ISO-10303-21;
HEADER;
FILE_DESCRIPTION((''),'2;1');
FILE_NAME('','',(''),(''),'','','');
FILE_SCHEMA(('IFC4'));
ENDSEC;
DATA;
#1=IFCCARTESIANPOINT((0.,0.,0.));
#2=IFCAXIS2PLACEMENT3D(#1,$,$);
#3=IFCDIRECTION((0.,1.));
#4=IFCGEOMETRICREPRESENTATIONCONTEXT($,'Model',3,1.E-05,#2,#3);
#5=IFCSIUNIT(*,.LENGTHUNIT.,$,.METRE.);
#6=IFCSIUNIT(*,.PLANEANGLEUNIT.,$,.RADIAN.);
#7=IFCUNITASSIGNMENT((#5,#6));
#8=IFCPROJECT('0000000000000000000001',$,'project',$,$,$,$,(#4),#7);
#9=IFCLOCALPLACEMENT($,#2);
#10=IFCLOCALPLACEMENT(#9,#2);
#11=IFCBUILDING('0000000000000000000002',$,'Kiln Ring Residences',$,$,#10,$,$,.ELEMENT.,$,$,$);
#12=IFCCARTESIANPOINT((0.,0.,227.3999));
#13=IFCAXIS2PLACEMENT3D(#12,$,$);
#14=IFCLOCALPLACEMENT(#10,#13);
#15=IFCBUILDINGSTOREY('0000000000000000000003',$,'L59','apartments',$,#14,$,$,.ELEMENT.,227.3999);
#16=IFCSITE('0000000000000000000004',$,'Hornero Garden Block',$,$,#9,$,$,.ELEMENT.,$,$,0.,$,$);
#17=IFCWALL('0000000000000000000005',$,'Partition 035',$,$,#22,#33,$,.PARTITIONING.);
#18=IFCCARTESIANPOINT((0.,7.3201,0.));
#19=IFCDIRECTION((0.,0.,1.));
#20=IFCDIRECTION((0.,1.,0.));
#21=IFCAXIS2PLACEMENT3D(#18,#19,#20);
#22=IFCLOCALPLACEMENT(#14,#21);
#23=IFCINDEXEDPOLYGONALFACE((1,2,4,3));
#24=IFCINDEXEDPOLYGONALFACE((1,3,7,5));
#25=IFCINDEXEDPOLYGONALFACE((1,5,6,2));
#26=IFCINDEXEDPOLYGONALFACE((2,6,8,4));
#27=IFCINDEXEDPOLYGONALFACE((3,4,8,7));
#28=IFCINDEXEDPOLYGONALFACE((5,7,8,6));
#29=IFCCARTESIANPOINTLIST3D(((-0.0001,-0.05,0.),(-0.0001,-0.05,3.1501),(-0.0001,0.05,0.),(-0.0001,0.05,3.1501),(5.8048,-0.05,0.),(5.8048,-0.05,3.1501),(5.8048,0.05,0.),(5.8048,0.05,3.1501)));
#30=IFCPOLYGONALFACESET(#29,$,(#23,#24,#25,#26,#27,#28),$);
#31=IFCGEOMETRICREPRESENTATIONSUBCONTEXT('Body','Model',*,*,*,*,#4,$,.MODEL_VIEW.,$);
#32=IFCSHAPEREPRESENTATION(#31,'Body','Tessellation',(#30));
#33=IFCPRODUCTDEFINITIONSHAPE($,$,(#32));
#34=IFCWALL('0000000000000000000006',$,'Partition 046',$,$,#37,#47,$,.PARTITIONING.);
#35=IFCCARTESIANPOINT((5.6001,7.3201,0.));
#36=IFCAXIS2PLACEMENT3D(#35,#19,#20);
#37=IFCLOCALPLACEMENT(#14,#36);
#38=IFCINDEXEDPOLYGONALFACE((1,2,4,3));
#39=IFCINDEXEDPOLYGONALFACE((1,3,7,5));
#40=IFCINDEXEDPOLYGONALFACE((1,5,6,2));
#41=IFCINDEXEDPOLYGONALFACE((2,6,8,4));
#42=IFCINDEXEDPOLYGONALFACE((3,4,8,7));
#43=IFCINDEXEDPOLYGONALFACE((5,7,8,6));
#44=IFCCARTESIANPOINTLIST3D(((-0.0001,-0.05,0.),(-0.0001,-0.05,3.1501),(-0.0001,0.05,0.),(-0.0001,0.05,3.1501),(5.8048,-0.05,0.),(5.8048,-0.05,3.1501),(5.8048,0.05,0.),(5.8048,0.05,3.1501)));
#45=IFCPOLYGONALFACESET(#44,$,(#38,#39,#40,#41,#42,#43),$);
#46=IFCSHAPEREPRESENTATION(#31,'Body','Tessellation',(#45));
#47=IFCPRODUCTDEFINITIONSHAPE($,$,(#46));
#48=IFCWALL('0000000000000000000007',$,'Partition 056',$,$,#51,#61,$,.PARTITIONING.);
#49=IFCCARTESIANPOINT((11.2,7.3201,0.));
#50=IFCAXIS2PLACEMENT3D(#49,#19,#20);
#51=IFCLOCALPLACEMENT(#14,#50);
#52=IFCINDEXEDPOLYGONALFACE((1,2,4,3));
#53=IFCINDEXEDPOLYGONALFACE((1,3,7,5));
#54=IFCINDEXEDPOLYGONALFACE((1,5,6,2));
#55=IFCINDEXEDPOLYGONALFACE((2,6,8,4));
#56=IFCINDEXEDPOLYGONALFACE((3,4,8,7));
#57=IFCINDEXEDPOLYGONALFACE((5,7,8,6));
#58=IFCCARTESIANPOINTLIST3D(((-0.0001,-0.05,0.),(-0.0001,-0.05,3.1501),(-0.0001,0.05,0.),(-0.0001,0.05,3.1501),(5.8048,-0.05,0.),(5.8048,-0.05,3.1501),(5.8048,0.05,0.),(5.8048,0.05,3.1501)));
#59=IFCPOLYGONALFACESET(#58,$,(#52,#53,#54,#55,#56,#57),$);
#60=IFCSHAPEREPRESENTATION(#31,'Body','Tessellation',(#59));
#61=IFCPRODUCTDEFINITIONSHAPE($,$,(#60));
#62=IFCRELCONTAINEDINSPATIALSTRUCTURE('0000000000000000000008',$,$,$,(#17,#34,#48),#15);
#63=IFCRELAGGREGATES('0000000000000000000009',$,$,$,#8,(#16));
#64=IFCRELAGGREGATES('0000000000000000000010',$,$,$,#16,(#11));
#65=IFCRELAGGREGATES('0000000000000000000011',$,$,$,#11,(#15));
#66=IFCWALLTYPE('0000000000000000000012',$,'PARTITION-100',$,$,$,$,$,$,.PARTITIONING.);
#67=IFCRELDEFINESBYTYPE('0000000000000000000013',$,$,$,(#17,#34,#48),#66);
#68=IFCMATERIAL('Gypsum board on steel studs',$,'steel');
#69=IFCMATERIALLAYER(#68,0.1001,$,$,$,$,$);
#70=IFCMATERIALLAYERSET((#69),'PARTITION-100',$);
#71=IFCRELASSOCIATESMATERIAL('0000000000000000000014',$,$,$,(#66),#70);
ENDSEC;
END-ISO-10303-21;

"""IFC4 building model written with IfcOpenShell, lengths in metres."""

from ifc_helpers import new_model, si_unit, direction, frame, frame_2d, origin, place, context, subcontext, project, spatial, rectangle, extrude, material, layer, layer_set, type_object, element, save


model = new_model("IFC4")

# Units and contexts
model_context = context("Model", 3, precision=1e-05, world=origin(), true_north=direction((0.0, 1.0)))
body_context = subcontext(model_context, "Body", "Model", "MODEL_VIEW")
ifc_project = project(units=[si_unit("LENGTHUNIT", "METRE"), si_unit("PLANEANGLEUNIT", "RADIAN")], contexts=[model_context])

# Site, building, storey
site_placement = place(None, origin())
site = spatial("IfcSite", under=ifc_project, at=site_placement, Name="Hornero Garden Block", CompositionType="ELEMENT", RefElevation=0.0)
building_placement = place(site_placement, origin())
building = spatial("IfcBuilding", under=site, at=building_placement, Name="Kiln Ring Residences", CompositionType="ELEMENT")
storey_placement = place(building_placement, frame((0.0, 0.0, 227.3999)))
storey = spatial("IfcBuildingStorey", under=building, at=storey_placement, Name="L59", Description="apartments", CompositionType="ELEMENT", Elevation=227.3999)

# Wall
ifc_material_1 = material(Name="Gypsum board on steel studs", Category="steel")
ifc_layer_1 = layer(ifc_material_1, 0.1001)
ifc_layer_set_1 = layer_set([ifc_layer_1], Name="PARTITION-100")
wall_type_1 = type_object("IfcWallType", Name="PARTITION-100", PredefinedType="PARTITIONING", material=ifc_layer_set_1)
wall_1_placement = place(storey_placement, frame((0.0, 7.3201, 0.0), z_axis=(0.0, 0.0, 1.0), x_axis=(0.0, 1.0, 0.0)))
element("IfcWall", 1, at=wall_1_placement, inside=storey, type_object=wall_type_1, Name="Partition 035", PredefinedType="PARTITIONING", context=body_context, shape_type="SweptSolid", body=[
    extrude(rectangle(XDim=5.8049, YDim=0.1001, at=frame_2d((2.9023, 0.0))), origin(), (0.0, 0.0, 1.0), 3.1501),
])

# Walls
wall_2_placement = place(storey_placement, frame((5.6001, 7.3201, 0.0), z_axis=(0.0, 0.0, 1.0), x_axis=(0.0, 1.0, 0.0)))
element("IfcWall", 2, at=wall_2_placement, inside=storey, type_object=wall_type_1, Name="Partition 046", PredefinedType="PARTITIONING", context=body_context, shape_type="SweptSolid", body=[
    extrude(rectangle(XDim=5.8049, YDim=0.1001, at=frame_2d((2.9023, 0.0))), origin(), (0.0, 0.0, 1.0), 3.1501),
])
wall_3_placement = place(storey_placement, frame((11.2, 7.3201, 0.0), z_axis=(0.0, 0.0, 1.0), x_axis=(0.0, 1.0, 0.0)))
element("IfcWall", 3, at=wall_3_placement, inside=storey, type_object=wall_type_1, Name="Partition 056", PredefinedType="PARTITIONING", context=body_context, shape_type="SweptSolid", body=[
    extrude(rectangle(XDim=5.8049, YDim=0.1001, at=frame_2d((2.9023, 0.0))), origin(), (0.0, 0.0, 1.0), 3.1501),
])

save(model, "model.ifc")
